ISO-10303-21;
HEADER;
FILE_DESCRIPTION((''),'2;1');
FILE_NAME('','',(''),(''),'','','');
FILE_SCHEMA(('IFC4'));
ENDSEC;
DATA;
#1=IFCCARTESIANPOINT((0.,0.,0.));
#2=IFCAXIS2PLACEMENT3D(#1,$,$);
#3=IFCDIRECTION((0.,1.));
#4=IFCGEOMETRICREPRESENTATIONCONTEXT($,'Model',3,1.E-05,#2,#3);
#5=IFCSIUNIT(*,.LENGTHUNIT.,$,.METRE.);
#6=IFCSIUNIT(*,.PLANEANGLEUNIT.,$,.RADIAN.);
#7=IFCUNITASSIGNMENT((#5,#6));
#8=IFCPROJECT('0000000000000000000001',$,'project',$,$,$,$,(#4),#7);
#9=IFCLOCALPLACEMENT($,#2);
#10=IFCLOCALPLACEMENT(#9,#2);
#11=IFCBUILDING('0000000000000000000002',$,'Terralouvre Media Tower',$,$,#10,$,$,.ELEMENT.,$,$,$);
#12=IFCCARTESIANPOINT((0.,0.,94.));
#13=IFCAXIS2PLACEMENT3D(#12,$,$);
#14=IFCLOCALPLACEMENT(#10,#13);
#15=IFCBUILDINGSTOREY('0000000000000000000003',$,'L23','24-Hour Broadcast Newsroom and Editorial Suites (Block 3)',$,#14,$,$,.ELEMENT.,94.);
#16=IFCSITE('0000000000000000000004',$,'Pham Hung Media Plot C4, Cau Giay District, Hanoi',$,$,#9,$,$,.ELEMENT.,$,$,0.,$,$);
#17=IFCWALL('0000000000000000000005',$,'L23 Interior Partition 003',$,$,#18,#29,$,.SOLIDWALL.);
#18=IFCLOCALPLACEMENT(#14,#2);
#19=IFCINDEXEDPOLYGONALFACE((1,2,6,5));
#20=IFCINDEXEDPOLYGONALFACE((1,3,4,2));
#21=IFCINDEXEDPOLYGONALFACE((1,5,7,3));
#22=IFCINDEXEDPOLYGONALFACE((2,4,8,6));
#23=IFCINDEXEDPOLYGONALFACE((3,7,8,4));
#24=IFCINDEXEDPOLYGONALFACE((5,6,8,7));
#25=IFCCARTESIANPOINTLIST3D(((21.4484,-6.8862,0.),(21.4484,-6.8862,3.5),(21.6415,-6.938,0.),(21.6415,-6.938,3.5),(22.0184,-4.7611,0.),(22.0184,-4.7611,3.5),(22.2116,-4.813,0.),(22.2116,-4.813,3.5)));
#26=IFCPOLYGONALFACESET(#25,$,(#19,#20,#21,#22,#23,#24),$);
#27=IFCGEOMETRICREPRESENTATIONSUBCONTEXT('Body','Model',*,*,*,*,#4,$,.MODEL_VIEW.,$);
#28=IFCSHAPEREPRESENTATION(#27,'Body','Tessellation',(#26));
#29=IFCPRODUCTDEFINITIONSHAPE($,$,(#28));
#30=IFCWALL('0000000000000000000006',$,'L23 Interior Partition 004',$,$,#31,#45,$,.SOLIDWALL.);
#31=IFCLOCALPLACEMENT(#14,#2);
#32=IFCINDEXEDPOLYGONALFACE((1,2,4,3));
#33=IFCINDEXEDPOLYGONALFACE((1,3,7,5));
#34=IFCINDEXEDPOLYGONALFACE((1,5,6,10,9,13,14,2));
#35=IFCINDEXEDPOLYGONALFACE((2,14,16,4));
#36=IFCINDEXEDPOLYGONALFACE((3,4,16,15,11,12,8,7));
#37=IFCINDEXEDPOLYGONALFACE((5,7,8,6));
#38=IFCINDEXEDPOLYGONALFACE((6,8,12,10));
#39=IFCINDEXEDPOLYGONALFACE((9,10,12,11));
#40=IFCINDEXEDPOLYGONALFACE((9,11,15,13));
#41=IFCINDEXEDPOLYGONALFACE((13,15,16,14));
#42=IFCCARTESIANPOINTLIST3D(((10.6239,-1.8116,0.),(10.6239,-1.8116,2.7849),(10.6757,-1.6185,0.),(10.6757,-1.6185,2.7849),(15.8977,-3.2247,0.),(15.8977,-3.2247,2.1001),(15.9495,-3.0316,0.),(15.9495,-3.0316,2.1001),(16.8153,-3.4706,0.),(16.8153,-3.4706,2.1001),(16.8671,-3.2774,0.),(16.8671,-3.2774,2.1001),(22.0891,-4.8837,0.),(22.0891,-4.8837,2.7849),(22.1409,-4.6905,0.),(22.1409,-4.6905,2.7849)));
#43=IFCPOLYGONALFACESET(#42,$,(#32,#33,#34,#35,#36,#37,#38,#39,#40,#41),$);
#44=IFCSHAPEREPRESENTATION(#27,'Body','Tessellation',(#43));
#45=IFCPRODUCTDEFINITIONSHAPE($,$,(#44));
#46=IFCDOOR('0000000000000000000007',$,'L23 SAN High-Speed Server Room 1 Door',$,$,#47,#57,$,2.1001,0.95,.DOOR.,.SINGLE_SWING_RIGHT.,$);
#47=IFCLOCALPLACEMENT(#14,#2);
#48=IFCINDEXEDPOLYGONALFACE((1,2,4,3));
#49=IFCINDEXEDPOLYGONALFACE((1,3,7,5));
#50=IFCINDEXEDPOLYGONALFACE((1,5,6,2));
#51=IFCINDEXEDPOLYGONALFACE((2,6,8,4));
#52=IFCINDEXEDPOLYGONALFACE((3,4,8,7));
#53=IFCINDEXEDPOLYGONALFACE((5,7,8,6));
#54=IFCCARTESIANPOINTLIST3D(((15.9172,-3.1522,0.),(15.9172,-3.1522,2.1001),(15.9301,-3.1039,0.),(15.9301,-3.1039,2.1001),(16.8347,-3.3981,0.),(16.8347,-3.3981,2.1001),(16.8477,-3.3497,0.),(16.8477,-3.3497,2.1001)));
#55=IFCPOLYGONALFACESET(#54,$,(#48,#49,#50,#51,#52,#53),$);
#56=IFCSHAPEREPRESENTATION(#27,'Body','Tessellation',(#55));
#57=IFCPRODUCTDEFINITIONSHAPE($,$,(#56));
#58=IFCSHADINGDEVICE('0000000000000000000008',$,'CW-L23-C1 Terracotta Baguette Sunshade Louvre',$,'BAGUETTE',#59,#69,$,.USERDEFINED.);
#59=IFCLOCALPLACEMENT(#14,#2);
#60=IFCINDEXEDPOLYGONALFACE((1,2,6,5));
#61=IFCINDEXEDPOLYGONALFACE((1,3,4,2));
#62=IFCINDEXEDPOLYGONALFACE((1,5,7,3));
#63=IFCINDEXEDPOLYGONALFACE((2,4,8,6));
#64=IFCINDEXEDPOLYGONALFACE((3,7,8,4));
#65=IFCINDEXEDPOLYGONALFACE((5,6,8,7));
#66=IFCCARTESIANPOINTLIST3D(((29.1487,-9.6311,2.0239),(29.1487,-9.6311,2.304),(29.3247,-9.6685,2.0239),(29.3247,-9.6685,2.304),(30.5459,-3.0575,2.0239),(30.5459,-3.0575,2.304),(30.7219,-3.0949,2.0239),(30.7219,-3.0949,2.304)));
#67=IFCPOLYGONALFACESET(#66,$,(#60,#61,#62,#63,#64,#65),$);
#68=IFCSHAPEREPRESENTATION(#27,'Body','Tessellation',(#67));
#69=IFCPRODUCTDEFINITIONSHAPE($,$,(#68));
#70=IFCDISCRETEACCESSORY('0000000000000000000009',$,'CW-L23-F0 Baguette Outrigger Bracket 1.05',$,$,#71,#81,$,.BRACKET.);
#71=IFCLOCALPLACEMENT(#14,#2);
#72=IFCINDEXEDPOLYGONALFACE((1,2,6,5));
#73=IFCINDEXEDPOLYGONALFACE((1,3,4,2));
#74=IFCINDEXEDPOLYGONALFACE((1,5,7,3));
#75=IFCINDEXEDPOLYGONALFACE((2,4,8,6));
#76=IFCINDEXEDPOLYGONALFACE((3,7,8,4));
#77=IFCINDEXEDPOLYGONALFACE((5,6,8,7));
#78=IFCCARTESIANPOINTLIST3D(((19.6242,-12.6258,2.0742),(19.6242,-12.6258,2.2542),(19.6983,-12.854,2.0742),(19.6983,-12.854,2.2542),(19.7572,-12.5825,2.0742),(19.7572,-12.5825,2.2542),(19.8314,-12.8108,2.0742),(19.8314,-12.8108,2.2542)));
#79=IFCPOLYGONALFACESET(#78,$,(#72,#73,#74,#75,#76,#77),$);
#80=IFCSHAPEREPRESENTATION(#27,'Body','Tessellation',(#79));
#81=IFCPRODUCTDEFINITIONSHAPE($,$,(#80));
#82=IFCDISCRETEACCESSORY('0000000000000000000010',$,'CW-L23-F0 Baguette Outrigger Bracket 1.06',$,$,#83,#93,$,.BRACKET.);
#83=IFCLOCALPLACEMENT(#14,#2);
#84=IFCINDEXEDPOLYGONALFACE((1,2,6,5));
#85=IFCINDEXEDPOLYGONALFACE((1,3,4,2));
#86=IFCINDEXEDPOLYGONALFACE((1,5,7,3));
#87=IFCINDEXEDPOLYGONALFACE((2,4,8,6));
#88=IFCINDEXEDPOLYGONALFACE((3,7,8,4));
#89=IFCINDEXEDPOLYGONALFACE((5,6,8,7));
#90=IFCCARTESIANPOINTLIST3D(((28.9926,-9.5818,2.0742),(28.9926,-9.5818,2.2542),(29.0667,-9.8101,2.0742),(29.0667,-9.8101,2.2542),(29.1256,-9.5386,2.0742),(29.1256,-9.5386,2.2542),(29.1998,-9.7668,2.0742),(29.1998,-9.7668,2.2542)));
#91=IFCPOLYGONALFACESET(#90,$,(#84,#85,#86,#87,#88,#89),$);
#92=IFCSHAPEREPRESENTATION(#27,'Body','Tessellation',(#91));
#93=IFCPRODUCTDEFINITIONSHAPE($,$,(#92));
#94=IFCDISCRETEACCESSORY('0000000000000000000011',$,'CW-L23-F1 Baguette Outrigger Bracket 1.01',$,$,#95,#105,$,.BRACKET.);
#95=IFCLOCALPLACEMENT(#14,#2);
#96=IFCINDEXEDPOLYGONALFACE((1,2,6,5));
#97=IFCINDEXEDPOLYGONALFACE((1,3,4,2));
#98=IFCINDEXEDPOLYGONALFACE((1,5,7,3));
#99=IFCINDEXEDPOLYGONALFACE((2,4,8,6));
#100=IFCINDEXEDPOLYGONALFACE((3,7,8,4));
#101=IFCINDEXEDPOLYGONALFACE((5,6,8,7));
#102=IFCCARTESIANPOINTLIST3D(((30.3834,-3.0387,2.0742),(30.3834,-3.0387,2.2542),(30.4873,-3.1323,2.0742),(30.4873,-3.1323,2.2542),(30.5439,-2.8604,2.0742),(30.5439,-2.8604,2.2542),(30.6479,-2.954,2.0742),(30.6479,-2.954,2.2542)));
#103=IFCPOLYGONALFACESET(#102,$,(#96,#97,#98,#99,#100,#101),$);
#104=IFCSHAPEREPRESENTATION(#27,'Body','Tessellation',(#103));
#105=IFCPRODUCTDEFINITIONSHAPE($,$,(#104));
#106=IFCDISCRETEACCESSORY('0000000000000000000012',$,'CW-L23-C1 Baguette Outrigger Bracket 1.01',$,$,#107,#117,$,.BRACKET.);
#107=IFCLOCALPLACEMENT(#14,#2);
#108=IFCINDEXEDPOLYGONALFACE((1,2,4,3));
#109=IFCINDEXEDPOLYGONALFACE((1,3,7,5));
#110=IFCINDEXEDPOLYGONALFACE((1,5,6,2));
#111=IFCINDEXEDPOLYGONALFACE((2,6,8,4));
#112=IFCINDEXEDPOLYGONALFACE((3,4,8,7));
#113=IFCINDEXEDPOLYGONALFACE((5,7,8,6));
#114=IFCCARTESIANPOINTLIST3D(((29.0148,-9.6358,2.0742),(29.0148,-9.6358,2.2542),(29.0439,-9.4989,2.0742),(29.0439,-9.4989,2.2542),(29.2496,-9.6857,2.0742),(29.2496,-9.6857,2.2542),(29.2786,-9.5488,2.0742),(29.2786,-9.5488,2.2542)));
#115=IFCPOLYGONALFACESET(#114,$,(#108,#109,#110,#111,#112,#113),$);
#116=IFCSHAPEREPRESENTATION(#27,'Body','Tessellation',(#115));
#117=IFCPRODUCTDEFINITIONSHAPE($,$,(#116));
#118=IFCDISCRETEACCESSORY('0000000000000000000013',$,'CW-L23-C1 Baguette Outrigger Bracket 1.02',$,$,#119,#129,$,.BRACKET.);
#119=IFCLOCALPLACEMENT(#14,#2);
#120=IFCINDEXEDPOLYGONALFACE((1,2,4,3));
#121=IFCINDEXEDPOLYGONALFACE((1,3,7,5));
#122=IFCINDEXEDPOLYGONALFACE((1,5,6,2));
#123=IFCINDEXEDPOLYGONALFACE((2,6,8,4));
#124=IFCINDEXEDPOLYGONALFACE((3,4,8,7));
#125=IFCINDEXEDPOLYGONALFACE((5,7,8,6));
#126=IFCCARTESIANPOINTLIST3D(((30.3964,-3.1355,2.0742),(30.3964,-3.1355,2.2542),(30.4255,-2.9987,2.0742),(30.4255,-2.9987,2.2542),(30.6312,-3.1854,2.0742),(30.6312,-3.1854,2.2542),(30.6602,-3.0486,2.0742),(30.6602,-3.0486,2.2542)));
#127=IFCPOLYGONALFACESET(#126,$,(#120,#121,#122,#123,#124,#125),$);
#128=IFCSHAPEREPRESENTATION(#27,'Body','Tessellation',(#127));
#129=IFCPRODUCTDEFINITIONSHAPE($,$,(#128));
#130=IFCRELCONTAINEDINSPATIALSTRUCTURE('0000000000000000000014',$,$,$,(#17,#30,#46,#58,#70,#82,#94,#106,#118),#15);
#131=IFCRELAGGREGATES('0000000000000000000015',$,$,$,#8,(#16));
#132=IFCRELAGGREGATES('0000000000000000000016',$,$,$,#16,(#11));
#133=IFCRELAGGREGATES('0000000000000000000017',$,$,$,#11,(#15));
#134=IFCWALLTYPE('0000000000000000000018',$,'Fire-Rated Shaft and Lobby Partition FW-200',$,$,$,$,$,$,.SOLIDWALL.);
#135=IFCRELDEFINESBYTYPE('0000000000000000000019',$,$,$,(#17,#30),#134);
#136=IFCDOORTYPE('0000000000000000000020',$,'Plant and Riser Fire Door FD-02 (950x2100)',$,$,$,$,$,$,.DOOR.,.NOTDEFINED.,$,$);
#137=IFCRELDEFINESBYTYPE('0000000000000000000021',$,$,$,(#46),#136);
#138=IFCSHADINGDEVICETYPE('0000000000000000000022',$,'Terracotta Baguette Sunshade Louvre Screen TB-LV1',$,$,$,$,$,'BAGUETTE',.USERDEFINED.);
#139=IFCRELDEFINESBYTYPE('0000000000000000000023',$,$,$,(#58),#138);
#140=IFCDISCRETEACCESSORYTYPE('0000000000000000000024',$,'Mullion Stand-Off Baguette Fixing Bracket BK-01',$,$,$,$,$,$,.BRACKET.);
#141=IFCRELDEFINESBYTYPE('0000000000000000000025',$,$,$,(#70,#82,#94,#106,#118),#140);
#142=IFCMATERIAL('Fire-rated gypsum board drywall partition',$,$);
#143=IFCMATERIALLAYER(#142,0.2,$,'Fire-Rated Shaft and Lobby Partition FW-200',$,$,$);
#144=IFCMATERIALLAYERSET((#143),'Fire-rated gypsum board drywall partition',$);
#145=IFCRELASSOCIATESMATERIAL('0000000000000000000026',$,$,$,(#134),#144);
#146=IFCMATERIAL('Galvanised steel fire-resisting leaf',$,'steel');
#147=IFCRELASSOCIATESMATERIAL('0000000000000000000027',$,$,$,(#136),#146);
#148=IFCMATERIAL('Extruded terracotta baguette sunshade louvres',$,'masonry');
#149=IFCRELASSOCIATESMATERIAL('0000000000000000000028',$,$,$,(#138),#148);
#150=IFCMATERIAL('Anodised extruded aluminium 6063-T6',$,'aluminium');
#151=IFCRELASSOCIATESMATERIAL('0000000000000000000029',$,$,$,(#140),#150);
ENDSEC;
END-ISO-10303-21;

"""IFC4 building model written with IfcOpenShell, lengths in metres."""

from ifc_helpers import new_model, si_unit, direction, frame, frame_2d, origin, origin_2d, place, context, subcontext, project, spatial, rectangle, extrude, material, layer, layer_set, type_object, element, fill, save


model = new_model("IFC4")

# Units and contexts
model_context = context("Model", 3, precision=1e-05, world=origin(), true_north=direction((0.0, 1.0)))
body_context = subcontext(model_context, "Body", "Model", "MODEL_VIEW")
ifc_project = project(units=[si_unit("LENGTHUNIT", "METRE"), si_unit("PLANEANGLEUNIT", "RADIAN")], contexts=[model_context])

# Site, building, storey
site_placement = place(None, origin())
site = spatial("IfcSite", under=ifc_project, at=site_placement, Name="Pham Hung Media Plot C4, Cau Giay District, Hanoi", CompositionType="ELEMENT", RefElevation=0.0)
building_placement = place(site_placement, origin())
building = spatial("IfcBuilding", under=site, at=building_placement, Name="Terralouvre Media Tower", CompositionType="ELEMENT")
storey_placement = place(building_placement, frame((0.0, 0.0, 94.0)))
storey = spatial("IfcBuildingStorey", under=building, at=storey_placement, Name="L23", Description="24-Hour Broadcast Newsroom and Editorial Suites (Block 3)", CompositionType="ELEMENT", Elevation=94.0)

# Wall
ifc_material_1 = material(Name="Fire-rated gypsum board drywall partition")
ifc_layer_1 = layer(ifc_material_1, 0.2, Name="Fire-Rated Shaft and Lobby Partition FW-200")
ifc_layer_set_1 = layer_set([ifc_layer_1], Name="Fire-rated gypsum board drywall partition")
wall_type = type_object("IfcWallType", Name="Fire-Rated Shaft and Lobby Partition FW-200", PredefinedType="SOLIDWALL", material=ifc_layer_set_1)
wall_1_placement = place(storey_placement, frame((21.5449, -6.9121, 0.0), z_axis=(0.0, 0.0, 1.0), x_axis=(0.259106, 0.965849, 0.0)))
element("IfcWall", 1, at=wall_1_placement, inside=storey, type_object=wall_type, Name="L23 Interior Partition 003", PredefinedType="SOLIDWALL", context=body_context, shape_type="SweptSolid", body=[
    extrude(rectangle(XDim=2.2002, YDim=0.2, at=frame_2d((1.1001, 0.0))), origin(), (0.0, 0.0, 1.0), 3.5),
])

# Wall, opening, door
wall_2_placement = place(storey_placement, frame((22.115, -4.7871, 0.0), z_axis=(0.0, 0.0, 1.0), x_axis=(-0.965927, 0.258816, 0.0)))
wall_2 = element("IfcWall", 2, at=wall_2_placement, inside=storey, type_object=wall_type, Name="L23 Interior Partition 004", PredefinedType="SOLIDWALL", context=body_context, shape_type="SweptSolid", body=[
    extrude(rectangle(XDim=11.8696, YDim=0.2, at=frame_2d((5.9348, 0.0))), origin(), (0.0, 0.0, 1.0), 2.7849),
])
opening_placement = place(wall_2_placement, frame((5.4597, 0.0, 0.0)))
opening = element("IfcOpeningElement", 3, at=opening_placement, cuts=wall_2, PredefinedType="OPENING", context=body_context, shape_type="SweptSolid", body=[
    extrude(rectangle(XDim=0.95, YDim=2.1001, at=frame_2d((0.4751, 1.05))), frame((0.0, 0.1099, 0.0), z_axis=(0.0, -1.0, 0.0), x_axis=(1.0, 0.0, 0.0)), (0.0, 0.0, 1.0), 0.22),
])
ifc_material_2 = material(Name="Galvanised steel fire-resisting leaf", Category="steel")
door_type = type_object("IfcDoorType", Name="Plant and Riser Fire Door FD-02 (950x2100)", OperationType="NOTDEFINED", PredefinedType="DOOR", material=ifc_material_2)
door_placement = place(opening_placement, origin())
door = element("IfcDoor", 4, at=door_placement, inside=storey, type_object=door_type, Name="L23 SAN High-Speed Server Room 1 Door", OperationType="SINGLE_SWING_RIGHT", OverallHeight=2.1001, OverallWidth=0.95, PredefinedType="DOOR", context=body_context, shape_type="SweptSolid", body=[
    extrude(rectangle(XDim=0.95, YDim=2.1001, at=frame_2d((0.4751, 1.05))), frame((0.0, 0.0249, 0.0), z_axis=(0.0, -1.0, 0.0), x_axis=(1.0, 0.0, 0.0)), (0.0, 0.0, 1.0), 0.05),
])
fill(opening, door)

# Shading device
ifc_material_3 = material(Name="Extruded terracotta baguette sunshade louvres", Category="masonry")
shading_device_type = type_object("IfcShadingDeviceType", Name="Terracotta Baguette Sunshade Louvre Screen TB-LV1", ElementType="BAGUETTE", PredefinedType="USERDEFINED", material=ifc_material_3)
shading_device_placement = place(storey_placement, frame((29.9353, -6.363, 2.0239), z_axis=(0.0, 0.0, 1.0), x_axis=(0.207912, 0.978148, 0.0)))
element("IfcShadingDevice", 5, at=shading_device_placement, inside=storey, type_object=shading_device_type, Name="CW-L23-C1 Terracotta Baguette Sunshade Louvre", ObjectType="BAGUETTE", PredefinedType="USERDEFINED", context=body_context, shape_type="SweptSolid", body=[
    extrude(rectangle(XDim=6.7205, YDim=0.1799, at=origin_2d()), origin(), (0.0, 0.0, 1.0), 0.28),
])

# Discrete accessories
ifc_material_4 = material(Name="Anodised extruded aluminium 6063-T6", Category="aluminium")
discrete_accessory_type = type_object("IfcDiscreteAccessoryType", Name="Mullion Stand-Off Baguette Fixing Bracket BK-01", PredefinedType="BRACKET", material=ifc_material_4)
for number, where, z_axis, x_axis, name in (
    (6, (19.7278, -12.7183, 2.0742), (0.0, 0.0, 1.0), (0.951057, 0.309017, 0.0), "CW-L23-F0 Baguette Outrigger Bracket 1.05"),
    (7, (29.0962, -9.6743, 2.0742), (0.0, 0.0, 1.0), (0.951057, 0.309017, 0.0), "CW-L23-F0 Baguette Outrigger Bracket 1.06"),
    (8, (30.5156, -2.9963, 2.0742), (0.0, 0.0, 1.0), (-0.743145, 0.669131, 0.0), "CW-L23-F1 Baguette Outrigger Bracket 1.01"),
    (9, (29.1467, -9.5923, 2.0742), (0.0, 0.0, 1.0), (0.207912, 0.978148, 0.0), "CW-L23-C1 Baguette Outrigger Bracket 1.01"),
    (10, (30.5283, -3.092, 2.0742), (0.0, 0.0, 1.0), (0.207912, 0.978148, 0.0), "CW-L23-C1 Baguette Outrigger Bracket 1.02"),
):
    element("IfcDiscreteAccessory", number, at=place(storey_placement, frame(where, z_axis=z_axis, x_axis=x_axis)), inside=storey, type_object=discrete_accessory_type, Name=name, PredefinedType="BRACKET", context=body_context, shape_type="SweptSolid", body=[
        extrude(rectangle(XDim=0.1399, YDim=0.24, at=origin_2d()), origin(), (0.0, 0.0, 1.0), 0.1799),
    ])

save(model, "model.ifc")
